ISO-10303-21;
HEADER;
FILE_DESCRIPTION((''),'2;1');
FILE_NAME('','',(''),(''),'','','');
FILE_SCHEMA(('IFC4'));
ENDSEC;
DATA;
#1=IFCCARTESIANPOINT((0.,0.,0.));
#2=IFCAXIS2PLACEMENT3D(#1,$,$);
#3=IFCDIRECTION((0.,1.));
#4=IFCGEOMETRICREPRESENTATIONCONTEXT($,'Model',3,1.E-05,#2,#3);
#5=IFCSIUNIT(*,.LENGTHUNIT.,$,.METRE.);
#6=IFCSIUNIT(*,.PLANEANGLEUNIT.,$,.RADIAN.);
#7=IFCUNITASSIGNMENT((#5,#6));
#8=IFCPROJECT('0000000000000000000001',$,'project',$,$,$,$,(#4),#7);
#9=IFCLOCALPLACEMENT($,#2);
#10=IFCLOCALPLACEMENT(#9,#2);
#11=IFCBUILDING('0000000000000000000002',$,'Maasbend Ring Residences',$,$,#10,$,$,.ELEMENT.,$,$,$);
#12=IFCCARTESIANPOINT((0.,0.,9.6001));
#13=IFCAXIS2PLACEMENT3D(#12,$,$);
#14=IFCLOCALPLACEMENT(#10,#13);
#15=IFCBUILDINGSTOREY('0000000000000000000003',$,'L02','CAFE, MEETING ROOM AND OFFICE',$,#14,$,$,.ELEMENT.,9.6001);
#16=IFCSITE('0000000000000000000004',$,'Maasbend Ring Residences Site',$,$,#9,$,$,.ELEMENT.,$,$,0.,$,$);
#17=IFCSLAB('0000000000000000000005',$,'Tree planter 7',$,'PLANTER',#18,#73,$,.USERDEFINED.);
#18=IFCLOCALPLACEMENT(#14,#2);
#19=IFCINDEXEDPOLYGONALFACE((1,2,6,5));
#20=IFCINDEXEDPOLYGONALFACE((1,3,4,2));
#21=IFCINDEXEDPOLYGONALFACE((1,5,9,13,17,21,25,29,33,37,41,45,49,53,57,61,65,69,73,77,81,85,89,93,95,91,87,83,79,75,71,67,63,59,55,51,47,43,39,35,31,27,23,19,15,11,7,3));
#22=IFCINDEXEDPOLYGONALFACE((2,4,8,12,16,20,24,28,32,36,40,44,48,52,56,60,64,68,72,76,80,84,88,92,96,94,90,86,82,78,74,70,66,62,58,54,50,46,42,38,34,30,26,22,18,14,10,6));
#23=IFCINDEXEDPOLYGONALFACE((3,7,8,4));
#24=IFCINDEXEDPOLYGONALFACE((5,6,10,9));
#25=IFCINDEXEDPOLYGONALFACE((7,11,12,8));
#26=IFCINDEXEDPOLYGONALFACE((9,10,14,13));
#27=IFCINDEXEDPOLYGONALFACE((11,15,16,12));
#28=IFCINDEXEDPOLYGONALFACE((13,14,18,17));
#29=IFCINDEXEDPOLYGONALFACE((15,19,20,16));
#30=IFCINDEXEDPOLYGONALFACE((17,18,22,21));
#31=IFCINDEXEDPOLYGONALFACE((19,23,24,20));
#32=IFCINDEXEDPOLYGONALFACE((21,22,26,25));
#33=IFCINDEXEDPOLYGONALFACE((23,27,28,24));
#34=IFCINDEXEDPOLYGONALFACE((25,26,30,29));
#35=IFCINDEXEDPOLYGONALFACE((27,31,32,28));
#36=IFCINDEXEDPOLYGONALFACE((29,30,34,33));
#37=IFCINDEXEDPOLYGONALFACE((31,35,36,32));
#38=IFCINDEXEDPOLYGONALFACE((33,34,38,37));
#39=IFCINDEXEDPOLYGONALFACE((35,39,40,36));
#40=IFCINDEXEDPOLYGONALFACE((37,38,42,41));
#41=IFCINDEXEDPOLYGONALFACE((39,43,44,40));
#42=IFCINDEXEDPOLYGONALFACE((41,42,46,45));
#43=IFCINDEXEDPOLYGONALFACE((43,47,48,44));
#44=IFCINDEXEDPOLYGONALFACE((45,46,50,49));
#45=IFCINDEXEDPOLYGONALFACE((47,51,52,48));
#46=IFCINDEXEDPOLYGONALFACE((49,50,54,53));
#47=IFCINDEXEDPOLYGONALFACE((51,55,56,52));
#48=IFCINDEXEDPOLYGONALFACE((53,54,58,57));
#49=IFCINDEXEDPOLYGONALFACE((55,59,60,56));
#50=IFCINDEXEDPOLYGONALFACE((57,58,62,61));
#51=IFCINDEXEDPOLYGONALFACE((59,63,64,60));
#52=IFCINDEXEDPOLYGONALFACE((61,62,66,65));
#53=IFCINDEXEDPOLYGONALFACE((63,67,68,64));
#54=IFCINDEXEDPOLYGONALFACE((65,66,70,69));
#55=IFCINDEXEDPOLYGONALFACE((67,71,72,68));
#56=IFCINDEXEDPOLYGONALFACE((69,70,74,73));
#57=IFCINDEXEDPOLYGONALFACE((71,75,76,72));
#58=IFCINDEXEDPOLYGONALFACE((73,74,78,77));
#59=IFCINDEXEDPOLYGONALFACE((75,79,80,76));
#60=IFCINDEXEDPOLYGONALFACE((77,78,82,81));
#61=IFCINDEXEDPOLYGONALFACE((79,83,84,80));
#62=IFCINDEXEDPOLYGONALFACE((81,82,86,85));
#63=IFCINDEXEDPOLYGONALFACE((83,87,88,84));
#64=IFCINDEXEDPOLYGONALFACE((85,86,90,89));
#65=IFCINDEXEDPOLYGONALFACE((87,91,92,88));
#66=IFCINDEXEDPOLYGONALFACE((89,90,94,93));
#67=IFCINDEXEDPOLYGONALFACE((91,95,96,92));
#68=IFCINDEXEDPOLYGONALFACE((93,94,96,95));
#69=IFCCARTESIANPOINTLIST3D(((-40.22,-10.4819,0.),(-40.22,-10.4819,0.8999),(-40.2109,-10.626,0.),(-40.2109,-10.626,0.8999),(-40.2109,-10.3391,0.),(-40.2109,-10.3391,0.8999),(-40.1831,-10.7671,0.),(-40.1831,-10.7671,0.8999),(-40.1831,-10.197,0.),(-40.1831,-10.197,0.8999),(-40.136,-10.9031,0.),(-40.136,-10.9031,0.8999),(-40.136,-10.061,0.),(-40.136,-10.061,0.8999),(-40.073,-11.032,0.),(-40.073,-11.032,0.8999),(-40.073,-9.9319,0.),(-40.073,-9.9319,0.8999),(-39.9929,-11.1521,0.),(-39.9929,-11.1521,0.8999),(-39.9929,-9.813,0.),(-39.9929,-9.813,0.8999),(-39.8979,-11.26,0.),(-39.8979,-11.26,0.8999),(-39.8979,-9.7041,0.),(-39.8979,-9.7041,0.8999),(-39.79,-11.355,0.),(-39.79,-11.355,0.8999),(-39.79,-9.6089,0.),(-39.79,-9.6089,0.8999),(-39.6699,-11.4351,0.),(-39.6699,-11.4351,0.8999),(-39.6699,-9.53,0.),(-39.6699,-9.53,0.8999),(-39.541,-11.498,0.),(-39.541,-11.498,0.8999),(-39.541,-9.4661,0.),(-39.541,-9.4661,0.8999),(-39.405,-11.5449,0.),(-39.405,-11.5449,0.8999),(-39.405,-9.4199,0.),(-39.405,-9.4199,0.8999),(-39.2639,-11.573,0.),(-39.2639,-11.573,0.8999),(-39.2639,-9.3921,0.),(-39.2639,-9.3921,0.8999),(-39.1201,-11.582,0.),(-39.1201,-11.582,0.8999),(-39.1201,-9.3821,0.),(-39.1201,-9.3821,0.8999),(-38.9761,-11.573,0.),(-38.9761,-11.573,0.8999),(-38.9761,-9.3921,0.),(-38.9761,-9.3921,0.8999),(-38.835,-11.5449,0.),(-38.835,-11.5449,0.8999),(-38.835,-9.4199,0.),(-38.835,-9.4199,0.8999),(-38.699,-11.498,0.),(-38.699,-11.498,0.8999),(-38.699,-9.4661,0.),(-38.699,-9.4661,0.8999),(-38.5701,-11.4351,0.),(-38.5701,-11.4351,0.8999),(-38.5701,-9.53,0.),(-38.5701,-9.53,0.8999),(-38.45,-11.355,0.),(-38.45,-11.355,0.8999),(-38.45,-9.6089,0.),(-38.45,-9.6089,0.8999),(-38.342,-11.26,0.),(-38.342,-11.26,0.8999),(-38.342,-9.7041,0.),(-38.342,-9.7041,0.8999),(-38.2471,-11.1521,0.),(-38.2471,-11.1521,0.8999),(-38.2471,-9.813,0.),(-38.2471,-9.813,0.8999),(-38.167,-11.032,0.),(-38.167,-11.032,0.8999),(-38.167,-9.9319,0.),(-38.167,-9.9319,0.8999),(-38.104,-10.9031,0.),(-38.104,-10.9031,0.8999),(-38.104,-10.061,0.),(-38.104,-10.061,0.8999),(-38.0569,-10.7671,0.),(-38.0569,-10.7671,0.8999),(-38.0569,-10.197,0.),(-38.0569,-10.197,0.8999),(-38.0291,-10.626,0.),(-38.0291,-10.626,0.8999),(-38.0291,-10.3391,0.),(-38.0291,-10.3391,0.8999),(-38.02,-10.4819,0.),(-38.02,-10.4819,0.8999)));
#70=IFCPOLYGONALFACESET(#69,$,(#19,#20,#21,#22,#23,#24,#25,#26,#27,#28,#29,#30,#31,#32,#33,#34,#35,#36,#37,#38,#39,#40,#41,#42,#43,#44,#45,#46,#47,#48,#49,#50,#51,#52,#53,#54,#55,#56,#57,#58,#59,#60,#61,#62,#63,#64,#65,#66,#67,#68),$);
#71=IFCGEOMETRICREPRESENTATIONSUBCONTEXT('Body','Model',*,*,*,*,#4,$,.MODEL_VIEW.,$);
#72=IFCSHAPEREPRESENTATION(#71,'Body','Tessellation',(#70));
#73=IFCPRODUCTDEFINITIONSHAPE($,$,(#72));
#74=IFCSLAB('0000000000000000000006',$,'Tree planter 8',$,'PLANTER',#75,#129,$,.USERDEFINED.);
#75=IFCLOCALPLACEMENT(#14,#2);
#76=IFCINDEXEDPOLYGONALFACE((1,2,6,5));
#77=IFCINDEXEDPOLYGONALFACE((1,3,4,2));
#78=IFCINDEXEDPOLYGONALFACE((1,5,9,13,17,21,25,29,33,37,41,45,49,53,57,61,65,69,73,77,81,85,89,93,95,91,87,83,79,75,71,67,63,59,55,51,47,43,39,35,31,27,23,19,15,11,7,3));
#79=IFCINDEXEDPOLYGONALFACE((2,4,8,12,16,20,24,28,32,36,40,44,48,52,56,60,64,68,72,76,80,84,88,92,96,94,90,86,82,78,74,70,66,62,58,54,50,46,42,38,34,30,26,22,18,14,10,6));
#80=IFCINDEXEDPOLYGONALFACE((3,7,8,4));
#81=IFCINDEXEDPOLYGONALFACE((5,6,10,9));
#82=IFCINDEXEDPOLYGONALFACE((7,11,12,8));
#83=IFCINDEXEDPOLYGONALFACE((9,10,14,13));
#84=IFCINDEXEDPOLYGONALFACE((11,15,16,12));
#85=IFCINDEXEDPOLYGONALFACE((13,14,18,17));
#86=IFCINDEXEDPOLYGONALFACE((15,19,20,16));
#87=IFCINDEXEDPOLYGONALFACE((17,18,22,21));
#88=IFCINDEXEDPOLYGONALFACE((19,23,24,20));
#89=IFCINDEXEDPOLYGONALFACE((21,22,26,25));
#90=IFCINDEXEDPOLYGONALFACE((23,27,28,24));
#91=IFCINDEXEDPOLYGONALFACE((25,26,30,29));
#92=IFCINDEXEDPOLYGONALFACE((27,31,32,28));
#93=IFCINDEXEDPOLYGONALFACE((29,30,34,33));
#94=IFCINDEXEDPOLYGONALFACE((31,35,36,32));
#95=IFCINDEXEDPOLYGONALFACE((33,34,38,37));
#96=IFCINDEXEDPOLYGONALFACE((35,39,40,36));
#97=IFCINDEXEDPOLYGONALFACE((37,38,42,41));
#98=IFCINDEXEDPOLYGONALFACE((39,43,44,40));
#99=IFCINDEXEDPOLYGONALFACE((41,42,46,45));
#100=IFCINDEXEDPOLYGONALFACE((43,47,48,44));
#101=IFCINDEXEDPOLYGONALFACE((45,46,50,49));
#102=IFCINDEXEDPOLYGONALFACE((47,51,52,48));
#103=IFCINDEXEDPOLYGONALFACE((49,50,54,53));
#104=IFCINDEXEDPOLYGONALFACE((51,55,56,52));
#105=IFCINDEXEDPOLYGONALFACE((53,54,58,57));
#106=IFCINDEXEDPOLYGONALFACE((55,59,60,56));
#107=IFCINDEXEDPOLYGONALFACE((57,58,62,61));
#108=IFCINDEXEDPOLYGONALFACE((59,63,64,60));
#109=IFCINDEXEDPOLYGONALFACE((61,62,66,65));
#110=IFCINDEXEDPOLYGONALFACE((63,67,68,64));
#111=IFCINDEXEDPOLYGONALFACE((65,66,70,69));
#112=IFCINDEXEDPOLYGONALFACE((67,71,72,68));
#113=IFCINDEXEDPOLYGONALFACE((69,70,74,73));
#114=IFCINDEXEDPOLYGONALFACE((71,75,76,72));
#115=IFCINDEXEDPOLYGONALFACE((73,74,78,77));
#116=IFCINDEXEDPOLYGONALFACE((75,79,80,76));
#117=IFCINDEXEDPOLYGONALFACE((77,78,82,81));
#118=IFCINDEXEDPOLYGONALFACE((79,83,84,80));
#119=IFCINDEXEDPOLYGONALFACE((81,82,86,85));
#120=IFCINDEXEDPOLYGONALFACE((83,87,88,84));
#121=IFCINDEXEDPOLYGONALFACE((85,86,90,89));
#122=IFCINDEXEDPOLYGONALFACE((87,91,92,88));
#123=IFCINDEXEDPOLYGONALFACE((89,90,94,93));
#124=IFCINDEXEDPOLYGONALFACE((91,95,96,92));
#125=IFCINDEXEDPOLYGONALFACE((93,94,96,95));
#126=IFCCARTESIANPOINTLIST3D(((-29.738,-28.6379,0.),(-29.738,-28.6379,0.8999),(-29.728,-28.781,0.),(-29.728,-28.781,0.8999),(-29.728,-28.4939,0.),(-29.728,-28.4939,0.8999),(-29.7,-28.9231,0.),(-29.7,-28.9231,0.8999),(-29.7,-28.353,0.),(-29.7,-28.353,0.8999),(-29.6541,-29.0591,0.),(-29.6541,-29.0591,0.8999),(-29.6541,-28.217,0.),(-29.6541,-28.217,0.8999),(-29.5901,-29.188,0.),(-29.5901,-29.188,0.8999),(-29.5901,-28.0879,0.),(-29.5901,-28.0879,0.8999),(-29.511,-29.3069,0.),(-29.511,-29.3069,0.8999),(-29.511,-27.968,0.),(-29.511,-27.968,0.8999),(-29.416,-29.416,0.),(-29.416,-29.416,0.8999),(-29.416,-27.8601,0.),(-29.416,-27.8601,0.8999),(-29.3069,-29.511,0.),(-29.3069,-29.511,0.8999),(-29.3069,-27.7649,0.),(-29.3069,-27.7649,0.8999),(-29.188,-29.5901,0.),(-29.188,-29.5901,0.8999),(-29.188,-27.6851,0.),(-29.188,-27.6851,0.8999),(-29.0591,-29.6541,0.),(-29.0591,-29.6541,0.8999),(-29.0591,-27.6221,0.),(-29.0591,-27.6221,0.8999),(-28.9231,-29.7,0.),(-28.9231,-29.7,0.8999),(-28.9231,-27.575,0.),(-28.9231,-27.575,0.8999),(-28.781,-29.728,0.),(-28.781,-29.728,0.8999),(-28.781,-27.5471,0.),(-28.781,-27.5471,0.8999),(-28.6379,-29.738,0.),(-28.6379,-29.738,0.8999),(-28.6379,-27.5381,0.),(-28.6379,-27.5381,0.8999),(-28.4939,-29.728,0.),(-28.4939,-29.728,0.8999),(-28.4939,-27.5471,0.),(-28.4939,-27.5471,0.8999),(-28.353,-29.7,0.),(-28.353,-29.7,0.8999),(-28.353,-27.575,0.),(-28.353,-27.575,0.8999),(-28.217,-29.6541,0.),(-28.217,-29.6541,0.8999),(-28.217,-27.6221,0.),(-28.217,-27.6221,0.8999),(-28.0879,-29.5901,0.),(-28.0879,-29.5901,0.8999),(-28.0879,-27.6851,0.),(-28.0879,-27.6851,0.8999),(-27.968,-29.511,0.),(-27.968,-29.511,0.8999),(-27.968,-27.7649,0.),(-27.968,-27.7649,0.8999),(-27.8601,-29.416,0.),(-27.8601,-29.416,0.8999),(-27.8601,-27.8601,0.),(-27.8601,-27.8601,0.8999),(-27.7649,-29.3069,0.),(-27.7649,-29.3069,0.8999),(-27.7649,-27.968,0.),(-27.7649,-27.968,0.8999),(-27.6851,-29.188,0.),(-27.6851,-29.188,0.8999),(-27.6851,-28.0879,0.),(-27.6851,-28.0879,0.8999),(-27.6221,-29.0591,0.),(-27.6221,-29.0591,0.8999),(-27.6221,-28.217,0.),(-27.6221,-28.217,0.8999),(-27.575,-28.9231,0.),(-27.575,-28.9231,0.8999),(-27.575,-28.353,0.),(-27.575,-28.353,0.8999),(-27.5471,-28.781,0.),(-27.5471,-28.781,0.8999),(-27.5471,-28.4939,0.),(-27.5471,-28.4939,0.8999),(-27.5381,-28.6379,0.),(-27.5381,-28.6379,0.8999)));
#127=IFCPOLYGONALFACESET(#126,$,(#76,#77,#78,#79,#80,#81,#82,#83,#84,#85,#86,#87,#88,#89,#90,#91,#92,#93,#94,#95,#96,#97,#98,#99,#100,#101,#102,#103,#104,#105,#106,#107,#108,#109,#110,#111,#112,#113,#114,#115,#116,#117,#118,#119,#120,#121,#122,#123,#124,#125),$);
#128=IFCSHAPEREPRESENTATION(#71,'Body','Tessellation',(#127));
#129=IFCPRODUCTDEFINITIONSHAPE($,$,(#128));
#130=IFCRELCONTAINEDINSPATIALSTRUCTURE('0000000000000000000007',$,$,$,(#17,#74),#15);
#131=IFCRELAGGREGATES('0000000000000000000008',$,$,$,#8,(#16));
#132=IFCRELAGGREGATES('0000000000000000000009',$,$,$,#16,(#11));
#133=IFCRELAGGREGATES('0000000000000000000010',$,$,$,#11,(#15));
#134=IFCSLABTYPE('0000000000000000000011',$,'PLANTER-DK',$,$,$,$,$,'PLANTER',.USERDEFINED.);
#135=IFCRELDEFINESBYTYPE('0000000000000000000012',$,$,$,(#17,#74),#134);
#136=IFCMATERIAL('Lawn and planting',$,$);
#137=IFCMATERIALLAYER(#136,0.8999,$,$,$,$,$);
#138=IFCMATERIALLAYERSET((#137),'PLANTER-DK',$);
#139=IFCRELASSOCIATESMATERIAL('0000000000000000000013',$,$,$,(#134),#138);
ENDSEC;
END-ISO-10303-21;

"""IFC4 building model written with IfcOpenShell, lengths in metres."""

from ifc_helpers import new_model, si_unit, direction, frame, origin, place, context, subcontext, project, spatial, polyline, outline, extrude, material, layer, layer_set, type_object, element, save


model = new_model("IFC4")

# Units and contexts
model_context = context("Model", 3, precision=1e-05, world=origin(), true_north=direction((0.0, 1.0)))
body_context = subcontext(model_context, "Body", "Model", "MODEL_VIEW")
ifc_project = project(units=[si_unit("LENGTHUNIT", "METRE"), si_unit("PLANEANGLEUNIT", "RADIAN")], contexts=[model_context])

# Site, building, storey
site_placement = place(None, origin())
site = spatial("IfcSite", under=ifc_project, at=site_placement, Name="Maasbend Ring Residences Site", CompositionType="ELEMENT", RefElevation=0.0)
building_placement = place(site_placement, origin())
building = spatial("IfcBuilding", under=site, at=building_placement, Name="Maasbend Ring Residences", CompositionType="ELEMENT")
storey_placement = place(building_placement, frame((0.0, 0.0, 9.6001)))
storey = spatial("IfcBuildingStorey", under=building, at=storey_placement, Name="L02", Description="CAFE, MEETING ROOM AND OFFICE", CompositionType="ELEMENT", Elevation=9.6001)

# Slabs
ifc_material = material(Name="Lawn and planting")
ifc_layer = layer(ifc_material, 0.8999)
ifc_layer_set = layer_set([ifc_layer], Name="PLANTER-DK")
slab_type = type_object("IfcSlabType", Name="PLANTER-DK", ElementType="PLANTER", PredefinedType="USERDEFINED", material=ifc_layer_set)
slab_1_placement = place(storey_placement, origin())
element("IfcSlab", 1, at=slab_1_placement, inside=storey, type_object=slab_type, Name="Tree planter 7", ObjectType="PLANTER", PredefinedType="USERDEFINED", context=body_context, shape_type="SweptSolid", body=[
    extrude(outline(polyline([(-38.02, -10.4819), (-38.0291, -10.626), (-38.0569, -10.7671), (-38.104, -10.9031), (-38.167, -11.032), (-38.2471, -11.1521), (-38.342, -11.26), (-38.45, -11.355), (-38.5701, -11.4351), (-38.699, -11.498), (-38.835, -11.5449), (-38.9761, -11.573), (-39.1201, -11.582), (-39.2639, -11.573), (-39.405, -11.5449), (-39.541, -11.498), (-39.6699, -11.4351), (-39.79, -11.355), (-39.8979, -11.26), (-39.9929, -11.1521), (-40.073, -11.032), (-40.136, -10.9031), (-40.1831, -10.7671), (-40.2109, -10.626), (-40.22, -10.4819), (-40.2109, -10.3391), (-40.1831, -10.197), (-40.136, -10.061), (-40.073, -9.9319), (-39.9929, -9.813), (-39.8979, -9.7041), (-39.79, -9.6089), (-39.6699, -9.53), (-39.541, -9.4661), (-39.405, -9.4199), (-39.2639, -9.3921), (-39.1201, -9.3821), (-38.9761, -9.3921), (-38.835, -9.4199), (-38.699, -9.4661), (-38.5701, -9.53), (-38.45, -9.6089), (-38.342, -9.7041), (-38.2471, -9.813), (-38.167, -9.9319), (-38.104, -10.061), (-38.0569, -10.197), (-38.0291, -10.3391), (-38.02, -10.4819)])), origin(), (0.0, 0.0, 1.0), 0.8999),
])
slab_2_placement = place(storey_placement, origin())
element("IfcSlab", 2, at=slab_2_placement, inside=storey, type_object=slab_type, Name="Tree planter 8", ObjectType="PLANTER", PredefinedType="USERDEFINED", context=body_context, shape_type="SweptSolid", body=[
    extrude(outline(polyline([(-27.5381, -28.6379), (-27.5471, -28.781), (-27.575, -28.9231), (-27.6221, -29.0591), (-27.6851, -29.188), (-27.7649, -29.3069), (-27.8601, -29.416), (-27.968, -29.511), (-28.0879, -29.5901), (-28.217, -29.6541), (-28.353, -29.7), (-28.4939, -29.728), (-28.6379, -29.738), (-28.781, -29.728), (-28.9231, -29.7), (-29.0591, -29.6541), (-29.188, -29.5901), (-29.3069, -29.511), (-29.416, -29.416), (-29.511, -29.3069), (-29.5901, -29.188), (-29.6541, -29.0591), (-29.7, -28.9231), (-29.728, -28.781), (-29.738, -28.6379), (-29.728, -28.4939), (-29.7, -28.353), (-29.6541, -28.217), (-29.5901, -28.0879), (-29.511, -27.968), (-29.416, -27.8601), (-29.3069, -27.7649), (-29.188, -27.6851), (-29.0591, -27.6221), (-28.9231, -27.575), (-28.781, -27.5471), (-28.6379, -27.5381), (-28.4939, -27.5471), (-28.353, -27.575), (-28.217, -27.6221), (-28.0879, -27.6851), (-27.968, -27.7649), (-27.8601, -27.8601), (-27.7649, -27.968), (-27.6851, -28.0879), (-27.6221, -28.217), (-27.575, -28.353), (-27.5471, -28.4939), (-27.5381, -28.6379)])), origin(), (0.0, 0.0, 1.0), 0.8999),
])

save(model, "model.ifc")
